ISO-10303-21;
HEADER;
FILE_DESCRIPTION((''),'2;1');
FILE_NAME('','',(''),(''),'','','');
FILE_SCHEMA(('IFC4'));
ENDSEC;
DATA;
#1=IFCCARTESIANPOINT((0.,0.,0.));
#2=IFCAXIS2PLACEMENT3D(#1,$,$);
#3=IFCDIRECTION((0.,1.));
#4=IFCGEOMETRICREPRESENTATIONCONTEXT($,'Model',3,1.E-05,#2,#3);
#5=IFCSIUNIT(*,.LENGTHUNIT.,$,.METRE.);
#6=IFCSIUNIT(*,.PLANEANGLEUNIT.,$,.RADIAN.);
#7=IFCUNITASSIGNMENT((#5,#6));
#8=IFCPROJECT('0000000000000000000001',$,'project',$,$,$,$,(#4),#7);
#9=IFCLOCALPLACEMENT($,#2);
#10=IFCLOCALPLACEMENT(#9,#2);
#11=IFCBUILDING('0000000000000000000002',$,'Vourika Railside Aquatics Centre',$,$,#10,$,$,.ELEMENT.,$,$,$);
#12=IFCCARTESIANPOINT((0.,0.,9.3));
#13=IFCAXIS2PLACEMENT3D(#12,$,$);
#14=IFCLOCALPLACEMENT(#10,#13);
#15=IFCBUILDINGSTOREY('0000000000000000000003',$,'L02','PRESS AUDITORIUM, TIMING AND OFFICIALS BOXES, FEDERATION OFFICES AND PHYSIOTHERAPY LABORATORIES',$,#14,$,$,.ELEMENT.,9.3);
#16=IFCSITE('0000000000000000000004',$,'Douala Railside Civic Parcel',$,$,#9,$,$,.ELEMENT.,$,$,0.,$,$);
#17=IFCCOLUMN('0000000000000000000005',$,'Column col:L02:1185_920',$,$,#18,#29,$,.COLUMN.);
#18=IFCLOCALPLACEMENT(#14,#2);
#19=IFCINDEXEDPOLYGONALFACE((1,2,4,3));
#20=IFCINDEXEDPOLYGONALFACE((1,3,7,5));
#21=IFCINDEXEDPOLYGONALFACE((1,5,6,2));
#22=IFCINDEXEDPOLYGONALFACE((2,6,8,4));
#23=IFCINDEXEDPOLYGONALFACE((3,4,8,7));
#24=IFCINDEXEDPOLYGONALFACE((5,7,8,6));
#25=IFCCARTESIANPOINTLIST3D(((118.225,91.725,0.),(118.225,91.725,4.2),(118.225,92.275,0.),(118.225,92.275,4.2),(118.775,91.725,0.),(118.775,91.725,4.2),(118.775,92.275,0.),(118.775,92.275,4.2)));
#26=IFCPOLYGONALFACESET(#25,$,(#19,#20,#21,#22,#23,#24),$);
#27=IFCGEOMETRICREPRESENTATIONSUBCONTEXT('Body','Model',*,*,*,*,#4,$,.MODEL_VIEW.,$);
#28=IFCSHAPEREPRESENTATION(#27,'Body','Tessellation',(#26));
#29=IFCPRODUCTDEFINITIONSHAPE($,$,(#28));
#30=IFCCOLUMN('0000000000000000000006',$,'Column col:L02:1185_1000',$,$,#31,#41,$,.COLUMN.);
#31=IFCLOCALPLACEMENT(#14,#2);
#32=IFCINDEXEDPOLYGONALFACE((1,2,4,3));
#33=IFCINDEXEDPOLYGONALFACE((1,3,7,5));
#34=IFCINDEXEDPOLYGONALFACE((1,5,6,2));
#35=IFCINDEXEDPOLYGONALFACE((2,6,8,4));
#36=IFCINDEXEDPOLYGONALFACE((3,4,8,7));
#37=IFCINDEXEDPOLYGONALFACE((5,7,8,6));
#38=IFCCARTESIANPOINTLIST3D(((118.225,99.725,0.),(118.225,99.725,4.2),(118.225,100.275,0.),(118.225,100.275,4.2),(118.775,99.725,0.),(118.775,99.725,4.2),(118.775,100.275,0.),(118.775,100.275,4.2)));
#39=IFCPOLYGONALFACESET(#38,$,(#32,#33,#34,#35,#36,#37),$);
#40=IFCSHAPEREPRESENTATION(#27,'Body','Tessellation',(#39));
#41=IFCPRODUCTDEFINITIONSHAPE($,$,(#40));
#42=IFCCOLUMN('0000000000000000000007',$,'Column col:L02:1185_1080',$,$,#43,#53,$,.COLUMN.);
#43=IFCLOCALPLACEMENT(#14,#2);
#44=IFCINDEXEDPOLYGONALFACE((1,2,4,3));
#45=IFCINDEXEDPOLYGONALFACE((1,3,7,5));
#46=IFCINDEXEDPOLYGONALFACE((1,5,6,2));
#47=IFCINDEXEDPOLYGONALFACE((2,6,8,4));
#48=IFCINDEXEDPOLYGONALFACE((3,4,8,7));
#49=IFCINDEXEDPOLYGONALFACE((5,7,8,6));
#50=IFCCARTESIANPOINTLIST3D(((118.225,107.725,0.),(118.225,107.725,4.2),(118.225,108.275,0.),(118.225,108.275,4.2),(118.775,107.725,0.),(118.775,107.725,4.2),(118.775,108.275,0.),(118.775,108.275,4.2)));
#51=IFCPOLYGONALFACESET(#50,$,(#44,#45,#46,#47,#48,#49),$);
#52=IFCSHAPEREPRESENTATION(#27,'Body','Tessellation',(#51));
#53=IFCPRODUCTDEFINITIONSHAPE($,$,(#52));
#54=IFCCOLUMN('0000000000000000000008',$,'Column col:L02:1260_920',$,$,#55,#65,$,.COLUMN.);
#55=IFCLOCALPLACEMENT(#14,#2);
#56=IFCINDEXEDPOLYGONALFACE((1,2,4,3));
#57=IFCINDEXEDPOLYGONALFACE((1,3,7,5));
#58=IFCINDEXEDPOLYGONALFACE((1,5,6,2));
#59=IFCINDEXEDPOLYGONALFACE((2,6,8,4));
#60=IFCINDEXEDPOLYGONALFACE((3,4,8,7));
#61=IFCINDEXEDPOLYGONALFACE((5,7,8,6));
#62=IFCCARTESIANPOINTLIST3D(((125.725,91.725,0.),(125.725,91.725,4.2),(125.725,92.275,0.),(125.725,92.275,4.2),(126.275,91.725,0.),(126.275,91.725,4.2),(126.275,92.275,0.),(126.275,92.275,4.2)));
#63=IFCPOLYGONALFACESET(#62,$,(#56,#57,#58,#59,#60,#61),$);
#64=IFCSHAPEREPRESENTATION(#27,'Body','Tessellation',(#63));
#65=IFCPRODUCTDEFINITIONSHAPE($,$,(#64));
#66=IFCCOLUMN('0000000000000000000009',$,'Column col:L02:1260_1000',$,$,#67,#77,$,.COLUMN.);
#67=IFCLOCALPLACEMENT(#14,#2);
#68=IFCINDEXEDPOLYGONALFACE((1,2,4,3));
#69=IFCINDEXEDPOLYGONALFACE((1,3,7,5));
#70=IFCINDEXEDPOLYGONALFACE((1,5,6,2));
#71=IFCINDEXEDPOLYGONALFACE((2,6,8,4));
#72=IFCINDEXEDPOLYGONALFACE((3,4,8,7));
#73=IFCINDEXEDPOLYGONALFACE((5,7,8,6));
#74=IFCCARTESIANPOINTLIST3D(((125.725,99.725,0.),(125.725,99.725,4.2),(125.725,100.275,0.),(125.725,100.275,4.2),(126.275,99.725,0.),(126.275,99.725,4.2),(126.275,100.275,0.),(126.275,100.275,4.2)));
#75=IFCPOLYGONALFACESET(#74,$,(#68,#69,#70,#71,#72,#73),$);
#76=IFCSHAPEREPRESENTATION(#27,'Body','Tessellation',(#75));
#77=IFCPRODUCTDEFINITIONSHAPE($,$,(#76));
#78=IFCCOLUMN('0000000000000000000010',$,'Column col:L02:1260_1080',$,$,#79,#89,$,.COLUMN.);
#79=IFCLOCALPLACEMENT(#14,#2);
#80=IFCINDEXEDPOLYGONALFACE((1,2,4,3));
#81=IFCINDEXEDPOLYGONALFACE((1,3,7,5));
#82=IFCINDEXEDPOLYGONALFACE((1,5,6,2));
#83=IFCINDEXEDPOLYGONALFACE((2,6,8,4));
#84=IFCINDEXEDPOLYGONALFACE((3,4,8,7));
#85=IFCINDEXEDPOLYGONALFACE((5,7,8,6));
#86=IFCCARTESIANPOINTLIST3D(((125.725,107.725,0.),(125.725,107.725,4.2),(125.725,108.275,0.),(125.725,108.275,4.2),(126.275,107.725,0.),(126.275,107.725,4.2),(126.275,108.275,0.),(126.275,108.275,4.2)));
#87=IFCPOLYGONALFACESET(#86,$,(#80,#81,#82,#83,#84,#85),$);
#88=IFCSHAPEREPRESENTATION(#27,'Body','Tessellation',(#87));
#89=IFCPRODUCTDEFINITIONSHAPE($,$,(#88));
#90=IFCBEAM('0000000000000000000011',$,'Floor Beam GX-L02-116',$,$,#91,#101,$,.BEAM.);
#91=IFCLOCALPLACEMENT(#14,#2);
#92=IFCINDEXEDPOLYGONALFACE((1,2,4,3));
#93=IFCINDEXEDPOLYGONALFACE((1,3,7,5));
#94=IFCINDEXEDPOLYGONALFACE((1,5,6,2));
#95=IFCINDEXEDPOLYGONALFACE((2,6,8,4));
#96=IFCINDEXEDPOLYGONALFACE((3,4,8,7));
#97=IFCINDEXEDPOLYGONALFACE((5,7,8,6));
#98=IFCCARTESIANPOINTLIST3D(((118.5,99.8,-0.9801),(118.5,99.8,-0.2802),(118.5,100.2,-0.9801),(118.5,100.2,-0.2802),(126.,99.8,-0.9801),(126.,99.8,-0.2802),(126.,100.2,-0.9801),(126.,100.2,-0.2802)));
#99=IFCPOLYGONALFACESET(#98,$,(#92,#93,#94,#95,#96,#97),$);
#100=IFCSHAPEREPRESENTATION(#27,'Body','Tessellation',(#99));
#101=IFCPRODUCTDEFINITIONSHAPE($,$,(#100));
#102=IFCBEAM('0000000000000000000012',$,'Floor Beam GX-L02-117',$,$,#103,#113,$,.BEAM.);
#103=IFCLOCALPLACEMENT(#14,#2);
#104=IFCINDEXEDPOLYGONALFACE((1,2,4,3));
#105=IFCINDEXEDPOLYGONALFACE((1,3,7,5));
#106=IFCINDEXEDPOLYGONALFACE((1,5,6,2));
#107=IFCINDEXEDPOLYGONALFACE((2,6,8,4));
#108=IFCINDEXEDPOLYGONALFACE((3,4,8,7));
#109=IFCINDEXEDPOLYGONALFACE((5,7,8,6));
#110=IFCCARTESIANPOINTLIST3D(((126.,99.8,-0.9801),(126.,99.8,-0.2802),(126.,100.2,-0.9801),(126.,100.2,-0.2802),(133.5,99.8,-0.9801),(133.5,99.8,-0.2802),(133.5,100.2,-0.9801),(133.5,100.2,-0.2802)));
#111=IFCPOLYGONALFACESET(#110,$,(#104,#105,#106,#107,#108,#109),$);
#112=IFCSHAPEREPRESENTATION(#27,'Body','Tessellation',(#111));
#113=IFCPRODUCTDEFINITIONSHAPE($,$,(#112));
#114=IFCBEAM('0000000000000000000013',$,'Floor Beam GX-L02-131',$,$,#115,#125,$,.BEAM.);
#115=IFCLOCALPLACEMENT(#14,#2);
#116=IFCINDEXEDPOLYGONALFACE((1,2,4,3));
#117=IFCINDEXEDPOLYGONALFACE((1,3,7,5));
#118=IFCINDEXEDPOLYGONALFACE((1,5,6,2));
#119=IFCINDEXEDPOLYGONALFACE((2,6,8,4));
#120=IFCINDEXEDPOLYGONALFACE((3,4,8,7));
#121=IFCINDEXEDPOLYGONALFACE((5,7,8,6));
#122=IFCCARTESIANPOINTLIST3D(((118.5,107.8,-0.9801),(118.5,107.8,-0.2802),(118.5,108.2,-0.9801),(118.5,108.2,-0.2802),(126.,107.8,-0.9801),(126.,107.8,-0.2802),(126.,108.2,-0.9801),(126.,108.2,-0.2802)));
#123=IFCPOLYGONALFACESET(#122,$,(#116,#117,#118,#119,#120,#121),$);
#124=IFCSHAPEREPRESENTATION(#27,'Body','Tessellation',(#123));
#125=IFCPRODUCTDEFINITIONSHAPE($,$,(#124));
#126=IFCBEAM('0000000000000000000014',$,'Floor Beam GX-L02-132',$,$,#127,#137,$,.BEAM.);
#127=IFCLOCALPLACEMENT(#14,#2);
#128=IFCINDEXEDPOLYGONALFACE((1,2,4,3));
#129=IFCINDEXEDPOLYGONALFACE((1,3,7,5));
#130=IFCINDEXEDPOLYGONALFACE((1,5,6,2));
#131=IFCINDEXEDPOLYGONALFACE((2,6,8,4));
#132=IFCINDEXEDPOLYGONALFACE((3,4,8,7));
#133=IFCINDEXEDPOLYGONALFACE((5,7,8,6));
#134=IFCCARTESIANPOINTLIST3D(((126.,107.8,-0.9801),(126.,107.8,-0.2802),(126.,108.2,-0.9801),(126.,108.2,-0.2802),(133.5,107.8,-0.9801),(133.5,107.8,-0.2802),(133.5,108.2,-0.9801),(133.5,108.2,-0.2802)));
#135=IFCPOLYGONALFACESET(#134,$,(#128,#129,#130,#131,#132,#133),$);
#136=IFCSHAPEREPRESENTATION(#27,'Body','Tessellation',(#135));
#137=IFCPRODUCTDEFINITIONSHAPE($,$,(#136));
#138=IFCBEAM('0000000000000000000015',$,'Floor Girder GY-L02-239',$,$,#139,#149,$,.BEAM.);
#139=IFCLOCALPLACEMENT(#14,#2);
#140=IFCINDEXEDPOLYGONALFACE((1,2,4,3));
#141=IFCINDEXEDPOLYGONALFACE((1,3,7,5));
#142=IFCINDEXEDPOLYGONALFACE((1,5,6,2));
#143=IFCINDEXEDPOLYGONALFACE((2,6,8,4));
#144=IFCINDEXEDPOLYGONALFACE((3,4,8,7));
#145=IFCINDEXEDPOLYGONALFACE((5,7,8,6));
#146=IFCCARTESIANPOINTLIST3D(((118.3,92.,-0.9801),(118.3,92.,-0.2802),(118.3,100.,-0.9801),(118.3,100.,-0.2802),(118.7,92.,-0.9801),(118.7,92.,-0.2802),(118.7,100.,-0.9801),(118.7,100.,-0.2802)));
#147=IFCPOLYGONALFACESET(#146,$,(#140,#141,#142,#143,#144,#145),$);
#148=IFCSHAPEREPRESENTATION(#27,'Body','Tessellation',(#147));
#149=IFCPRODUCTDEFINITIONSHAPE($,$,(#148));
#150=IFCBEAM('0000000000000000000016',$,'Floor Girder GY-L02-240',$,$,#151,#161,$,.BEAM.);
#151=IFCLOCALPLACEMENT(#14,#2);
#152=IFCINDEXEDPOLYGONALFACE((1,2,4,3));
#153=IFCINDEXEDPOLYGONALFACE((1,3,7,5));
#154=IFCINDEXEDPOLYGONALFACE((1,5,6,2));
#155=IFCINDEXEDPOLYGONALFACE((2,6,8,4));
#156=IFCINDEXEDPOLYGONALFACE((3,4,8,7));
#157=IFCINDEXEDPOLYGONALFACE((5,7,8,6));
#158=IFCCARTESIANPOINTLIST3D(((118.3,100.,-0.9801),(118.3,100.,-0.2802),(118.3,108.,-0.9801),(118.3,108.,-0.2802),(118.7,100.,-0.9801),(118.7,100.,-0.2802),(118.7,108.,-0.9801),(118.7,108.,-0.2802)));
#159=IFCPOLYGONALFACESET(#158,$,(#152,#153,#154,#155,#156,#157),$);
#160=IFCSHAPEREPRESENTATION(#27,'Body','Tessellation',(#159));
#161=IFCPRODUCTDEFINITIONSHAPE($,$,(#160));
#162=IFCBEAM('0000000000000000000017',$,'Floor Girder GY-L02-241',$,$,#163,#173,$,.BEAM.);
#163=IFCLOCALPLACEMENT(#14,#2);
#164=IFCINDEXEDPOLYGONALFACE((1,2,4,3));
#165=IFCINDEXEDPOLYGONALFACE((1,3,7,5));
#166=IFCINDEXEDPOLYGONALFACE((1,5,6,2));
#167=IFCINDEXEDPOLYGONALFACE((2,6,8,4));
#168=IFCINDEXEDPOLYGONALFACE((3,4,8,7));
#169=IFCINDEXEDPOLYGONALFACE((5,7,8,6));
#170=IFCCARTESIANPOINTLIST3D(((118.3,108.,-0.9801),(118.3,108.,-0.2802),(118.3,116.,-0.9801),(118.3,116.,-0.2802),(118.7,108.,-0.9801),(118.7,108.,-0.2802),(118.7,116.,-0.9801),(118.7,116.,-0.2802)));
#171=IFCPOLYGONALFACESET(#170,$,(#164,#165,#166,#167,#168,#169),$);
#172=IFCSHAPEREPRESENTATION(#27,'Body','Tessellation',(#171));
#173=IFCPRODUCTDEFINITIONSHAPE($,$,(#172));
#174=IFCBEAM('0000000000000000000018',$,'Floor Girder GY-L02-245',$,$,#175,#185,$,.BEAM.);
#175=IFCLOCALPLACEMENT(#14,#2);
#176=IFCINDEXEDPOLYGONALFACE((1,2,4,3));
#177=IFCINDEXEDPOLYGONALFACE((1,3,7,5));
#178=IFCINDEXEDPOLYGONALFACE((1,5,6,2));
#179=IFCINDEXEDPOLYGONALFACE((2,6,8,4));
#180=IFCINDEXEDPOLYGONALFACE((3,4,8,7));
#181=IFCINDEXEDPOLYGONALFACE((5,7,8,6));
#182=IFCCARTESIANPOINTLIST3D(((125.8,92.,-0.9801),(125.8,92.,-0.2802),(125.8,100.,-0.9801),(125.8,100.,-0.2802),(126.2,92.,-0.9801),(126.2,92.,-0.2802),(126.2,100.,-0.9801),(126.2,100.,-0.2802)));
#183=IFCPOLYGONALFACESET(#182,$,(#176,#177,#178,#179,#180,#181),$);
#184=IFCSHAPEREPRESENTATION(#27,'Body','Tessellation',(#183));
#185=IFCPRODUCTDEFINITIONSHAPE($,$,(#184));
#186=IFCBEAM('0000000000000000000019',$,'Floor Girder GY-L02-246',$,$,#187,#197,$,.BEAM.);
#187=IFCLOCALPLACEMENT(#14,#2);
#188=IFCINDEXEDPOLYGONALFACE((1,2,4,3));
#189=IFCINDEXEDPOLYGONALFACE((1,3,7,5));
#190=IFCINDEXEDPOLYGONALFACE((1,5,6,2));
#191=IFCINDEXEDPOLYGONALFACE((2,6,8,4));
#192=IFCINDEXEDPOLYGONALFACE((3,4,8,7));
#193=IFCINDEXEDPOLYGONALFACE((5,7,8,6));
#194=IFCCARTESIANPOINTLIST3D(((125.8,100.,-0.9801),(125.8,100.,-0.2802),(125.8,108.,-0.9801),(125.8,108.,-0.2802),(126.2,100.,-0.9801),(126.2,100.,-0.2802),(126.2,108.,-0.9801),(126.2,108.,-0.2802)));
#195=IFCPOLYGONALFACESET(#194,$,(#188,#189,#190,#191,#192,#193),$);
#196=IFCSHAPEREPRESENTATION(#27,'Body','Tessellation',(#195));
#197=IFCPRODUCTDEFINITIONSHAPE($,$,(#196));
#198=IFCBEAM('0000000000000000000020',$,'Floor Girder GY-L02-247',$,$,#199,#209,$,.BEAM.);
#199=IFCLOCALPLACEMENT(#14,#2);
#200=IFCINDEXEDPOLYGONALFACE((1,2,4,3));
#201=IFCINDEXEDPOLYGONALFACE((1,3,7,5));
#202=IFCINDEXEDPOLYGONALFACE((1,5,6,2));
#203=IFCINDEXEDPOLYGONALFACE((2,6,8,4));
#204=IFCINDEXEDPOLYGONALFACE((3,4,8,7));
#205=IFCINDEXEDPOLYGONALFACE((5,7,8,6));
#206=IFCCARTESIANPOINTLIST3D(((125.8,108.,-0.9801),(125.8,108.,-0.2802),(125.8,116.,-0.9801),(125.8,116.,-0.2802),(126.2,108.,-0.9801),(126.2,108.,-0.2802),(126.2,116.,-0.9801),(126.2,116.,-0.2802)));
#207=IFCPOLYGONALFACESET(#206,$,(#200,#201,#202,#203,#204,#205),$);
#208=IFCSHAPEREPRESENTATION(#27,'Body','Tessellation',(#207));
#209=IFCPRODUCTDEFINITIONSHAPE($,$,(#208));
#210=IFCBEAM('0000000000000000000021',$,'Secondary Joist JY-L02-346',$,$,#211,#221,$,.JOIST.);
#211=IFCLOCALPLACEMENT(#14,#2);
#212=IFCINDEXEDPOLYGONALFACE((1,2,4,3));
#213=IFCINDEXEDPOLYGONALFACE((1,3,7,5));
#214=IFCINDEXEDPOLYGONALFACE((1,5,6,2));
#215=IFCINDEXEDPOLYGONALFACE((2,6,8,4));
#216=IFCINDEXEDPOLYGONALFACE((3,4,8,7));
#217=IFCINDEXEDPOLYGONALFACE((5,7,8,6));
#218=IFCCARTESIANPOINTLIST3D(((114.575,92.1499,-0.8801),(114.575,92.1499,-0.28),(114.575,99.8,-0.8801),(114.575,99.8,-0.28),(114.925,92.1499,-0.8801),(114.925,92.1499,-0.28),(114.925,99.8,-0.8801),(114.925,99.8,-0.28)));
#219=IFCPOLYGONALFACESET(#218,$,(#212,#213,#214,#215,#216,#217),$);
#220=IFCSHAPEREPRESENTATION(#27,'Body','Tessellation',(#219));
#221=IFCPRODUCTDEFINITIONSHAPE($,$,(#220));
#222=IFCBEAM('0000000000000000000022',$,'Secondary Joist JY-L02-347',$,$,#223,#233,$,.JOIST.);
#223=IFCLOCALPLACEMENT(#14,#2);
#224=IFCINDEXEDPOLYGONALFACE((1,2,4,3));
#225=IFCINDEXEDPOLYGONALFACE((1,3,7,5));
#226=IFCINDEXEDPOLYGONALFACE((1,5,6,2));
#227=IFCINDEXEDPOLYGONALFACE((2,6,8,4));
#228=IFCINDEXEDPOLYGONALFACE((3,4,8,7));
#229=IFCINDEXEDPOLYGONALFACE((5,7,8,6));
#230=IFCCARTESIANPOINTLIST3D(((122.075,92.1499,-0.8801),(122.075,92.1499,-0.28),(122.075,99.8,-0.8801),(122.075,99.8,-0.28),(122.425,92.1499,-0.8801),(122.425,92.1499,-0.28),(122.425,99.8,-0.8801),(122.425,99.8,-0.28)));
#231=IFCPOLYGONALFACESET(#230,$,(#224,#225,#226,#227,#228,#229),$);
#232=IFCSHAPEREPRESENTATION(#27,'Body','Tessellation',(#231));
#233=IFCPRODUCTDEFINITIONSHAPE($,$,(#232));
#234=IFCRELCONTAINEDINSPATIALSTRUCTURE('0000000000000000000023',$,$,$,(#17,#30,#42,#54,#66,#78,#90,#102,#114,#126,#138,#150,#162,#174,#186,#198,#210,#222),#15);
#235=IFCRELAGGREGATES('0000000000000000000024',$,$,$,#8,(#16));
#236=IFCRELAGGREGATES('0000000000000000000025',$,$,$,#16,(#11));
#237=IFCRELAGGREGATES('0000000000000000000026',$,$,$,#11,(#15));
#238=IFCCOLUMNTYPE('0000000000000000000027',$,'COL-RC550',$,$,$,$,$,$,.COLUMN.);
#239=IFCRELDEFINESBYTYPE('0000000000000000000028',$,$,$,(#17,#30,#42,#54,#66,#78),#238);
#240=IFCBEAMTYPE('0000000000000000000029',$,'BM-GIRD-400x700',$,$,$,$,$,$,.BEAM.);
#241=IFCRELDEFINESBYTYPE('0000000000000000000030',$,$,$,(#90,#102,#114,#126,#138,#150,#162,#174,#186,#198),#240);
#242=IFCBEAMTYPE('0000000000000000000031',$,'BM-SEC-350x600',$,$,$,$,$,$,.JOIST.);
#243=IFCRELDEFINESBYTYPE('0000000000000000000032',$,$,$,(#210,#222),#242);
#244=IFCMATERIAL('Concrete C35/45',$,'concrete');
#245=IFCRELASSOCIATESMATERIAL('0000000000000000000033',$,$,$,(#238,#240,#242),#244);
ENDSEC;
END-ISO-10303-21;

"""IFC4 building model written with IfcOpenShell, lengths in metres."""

from ifc_helpers import new_model, si_unit, direction, frame, origin, origin_2d, place, context, subcontext, project, spatial, rectangle, extrude, material, material_profile, profile_set, type_object, element, save


model = new_model("IFC4")

# Units and contexts
model_context = context("Model", 3, precision=1e-05, world=origin(), true_north=direction((0.0, 1.0)))
body_context = subcontext(model_context, "Body", "Model", "MODEL_VIEW")
ifc_project = project(units=[si_unit("LENGTHUNIT", "METRE"), si_unit("PLANEANGLEUNIT", "RADIAN")], contexts=[model_context])

# Site, building, storey
site_placement = place(None, origin())
site = spatial("IfcSite", under=ifc_project, at=site_placement, Name="Douala Railside Civic Parcel", CompositionType="ELEMENT", RefElevation=0.0)
building_placement = place(site_placement, origin())
building = spatial("IfcBuilding", under=site, at=building_placement, Name="Vourika Railside Aquatics Centre", CompositionType="ELEMENT")
storey_placement = place(building_placement, frame((0.0, 0.0, 9.3)))
storey = spatial("IfcBuildingStorey", under=building, at=storey_placement, Name="L02", Description="PRESS AUDITORIUM, TIMING AND OFFICIALS BOXES, FEDERATION OFFICES AND PHYSIOTHERAPY LABORATORIES", CompositionType="ELEMENT", Elevation=9.3)

# Columns
ifc_material_1 = material(Name="Concrete C35/45", Category="concrete")
ifc_material_profile_1 = material_profile(ifc_material_1, rectangle(XDim=0.55, YDim=0.55, at=origin_2d()), Name="RC 550x550")
ifc_profile_set_1 = profile_set([ifc_material_profile_1], Name="Concrete C35/45")
column_type = type_object("IfcColumnType", Name="COL-RC550", PredefinedType="COLUMN", material=ifc_profile_set_1)
for number, where, z_axis, x_axis, name in (
    (1, (118.5, 92.0, 0.0), (0.0, 0.0, 1.0), (1.0, 0.0, 0.0), "Column col:L02:1185_920"),
    (2, (118.5, 100.0, 0.0), (0.0, 0.0, 1.0), (1.0, 0.0, 0.0), "Column col:L02:1185_1000"),
    (3, (118.5, 108.0, 0.0), (0.0, 0.0, 1.0), (1.0, 0.0, 0.0), "Column col:L02:1185_1080"),
    (4, (126.0, 92.0, 0.0), (0.0, 0.0, 1.0), (1.0, 0.0, 0.0), "Column col:L02:1260_920"),
    (5, (126.0, 100.0, 0.0), (0.0, 0.0, 1.0), (1.0, 0.0, 0.0), "Column col:L02:1260_1000"),
    (6, (126.0, 108.0, 0.0), (0.0, 0.0, 1.0), (1.0, 0.0, 0.0), "Column col:L02:1260_1080"),
):
    element("IfcColumn", number, at=place(storey_placement, frame(where, z_axis=z_axis, x_axis=x_axis)), inside=storey, type_object=column_type, Name=name, PredefinedType="COLUMN", context=body_context, shape_type="SweptSolid", body=[
        extrude(rectangle(XDim=0.55, YDim=0.55, at=origin_2d()), origin(), (0.0, 0.0, 1.0), 4.2),
    ])

# Beams
ifc_material_profile_2 = material_profile(ifc_material_1, rectangle(XDim=0.3999, YDim=0.7, at=origin_2d()), Name="RC 400x700")
ifc_profile_set_2 = profile_set([ifc_material_profile_2], Name="Concrete C35/45")
beam_type_1 = type_object("IfcBeamType", Name="BM-GIRD-400x700", PredefinedType="BEAM", material=ifc_profile_set_2)
for number, where, z_axis, x_axis, name in (
    (7, (118.5, 100.0, -0.6301), (1.0, 0.0, 0.0), (0.0, 1.0, 0.0), "Floor Beam GX-L02-116"),
    (8, (126.0, 100.0, -0.6301), (1.0, 0.0, 0.0), (0.0, 1.0, 0.0), "Floor Beam GX-L02-117"),
    (9, (118.5, 108.0, -0.6301), (1.0, 0.0, 0.0), (0.0, 1.0, 0.0), "Floor Beam GX-L02-131"),
    (10, (126.0, 108.0, -0.6301), (1.0, 0.0, 0.0), (0.0, 1.0, 0.0), "Floor Beam GX-L02-132"),
):
    element("IfcBeam", number, at=place(storey_placement, frame(where, z_axis=z_axis, x_axis=x_axis)), inside=storey, type_object=beam_type_1, Name=name, PredefinedType="BEAM", context=body_context, shape_type="SweptSolid", body=[
        extrude(rectangle(XDim=0.3999, YDim=0.7, at=origin_2d()), origin(), (0.0, 0.0, 1.0), 7.5),
    ])
for number, where, z_axis, x_axis, name in (
    (11, (118.5, 92.0, -0.6301), (0.0, 1.0, 0.0), (-1.0, 0.0, 0.0), "Floor Girder GY-L02-239"),
    (12, (118.5, 100.0, -0.6301), (0.0, 1.0, 0.0), (-1.0, 0.0, 0.0), "Floor Girder GY-L02-240"),
    (13, (118.5, 108.0, -0.6301), (0.0, 1.0, 0.0), (-1.0, 0.0, 0.0), "Floor Girder GY-L02-241"),
    (14, (126.0, 92.0, -0.6301), (0.0, 1.0, 0.0), (-1.0, 0.0, 0.0), "Floor Girder GY-L02-245"),
    (15, (126.0, 100.0, -0.6301), (0.0, 1.0, 0.0), (-1.0, 0.0, 0.0), "Floor Girder GY-L02-246"),
    (16, (126.0, 108.0, -0.6301), (0.0, 1.0, 0.0), (-1.0, 0.0, 0.0), "Floor Girder GY-L02-247"),
):
    element("IfcBeam", number, at=place(storey_placement, frame(where, z_axis=z_axis, x_axis=x_axis)), inside=storey, type_object=beam_type_1, Name=name, PredefinedType="BEAM", context=body_context, shape_type="SweptSolid", body=[
        extrude(rectangle(XDim=0.3999, YDim=0.7, at=origin_2d()), origin(), (0.0, 0.0, 1.0), 8.0),
    ])
ifc_material_profile_3 = material_profile(ifc_material_1, rectangle(XDim=0.3501, YDim=0.6001, at=origin_2d()), Name="RC 350x600")
ifc_profile_set_3 = profile_set([ifc_material_profile_3], Name="Concrete C35/45")
beam_type_2 = type_object("IfcBeamType", Name="BM-SEC-350x600", PredefinedType="JOIST", material=ifc_profile_set_3)
for number, where, z_axis, x_axis, name in (
    (17, (114.75, 92.1499, -0.5801), (0.0, 1.0, 0.0), (-1.0, 0.0, 0.0), "Secondary Joist JY-L02-346"),
    (18, (122.25, 92.1499, -0.5801), (0.0, 1.0, 0.0), (-1.0, 0.0, 0.0), "Secondary Joist JY-L02-347"),
):
    element("IfcBeam", number, at=place(storey_placement, frame(where, z_axis=z_axis, x_axis=x_axis)), inside=storey, type_object=beam_type_2, Name=name, PredefinedType="JOIST", context=body_context, shape_type="SweptSolid", body=[
        extrude(rectangle(XDim=0.3501, YDim=0.6001, at=origin_2d()), origin(), (0.0, 0.0, 1.0), 7.6501),
    ])

save(model, "model.ifc")
